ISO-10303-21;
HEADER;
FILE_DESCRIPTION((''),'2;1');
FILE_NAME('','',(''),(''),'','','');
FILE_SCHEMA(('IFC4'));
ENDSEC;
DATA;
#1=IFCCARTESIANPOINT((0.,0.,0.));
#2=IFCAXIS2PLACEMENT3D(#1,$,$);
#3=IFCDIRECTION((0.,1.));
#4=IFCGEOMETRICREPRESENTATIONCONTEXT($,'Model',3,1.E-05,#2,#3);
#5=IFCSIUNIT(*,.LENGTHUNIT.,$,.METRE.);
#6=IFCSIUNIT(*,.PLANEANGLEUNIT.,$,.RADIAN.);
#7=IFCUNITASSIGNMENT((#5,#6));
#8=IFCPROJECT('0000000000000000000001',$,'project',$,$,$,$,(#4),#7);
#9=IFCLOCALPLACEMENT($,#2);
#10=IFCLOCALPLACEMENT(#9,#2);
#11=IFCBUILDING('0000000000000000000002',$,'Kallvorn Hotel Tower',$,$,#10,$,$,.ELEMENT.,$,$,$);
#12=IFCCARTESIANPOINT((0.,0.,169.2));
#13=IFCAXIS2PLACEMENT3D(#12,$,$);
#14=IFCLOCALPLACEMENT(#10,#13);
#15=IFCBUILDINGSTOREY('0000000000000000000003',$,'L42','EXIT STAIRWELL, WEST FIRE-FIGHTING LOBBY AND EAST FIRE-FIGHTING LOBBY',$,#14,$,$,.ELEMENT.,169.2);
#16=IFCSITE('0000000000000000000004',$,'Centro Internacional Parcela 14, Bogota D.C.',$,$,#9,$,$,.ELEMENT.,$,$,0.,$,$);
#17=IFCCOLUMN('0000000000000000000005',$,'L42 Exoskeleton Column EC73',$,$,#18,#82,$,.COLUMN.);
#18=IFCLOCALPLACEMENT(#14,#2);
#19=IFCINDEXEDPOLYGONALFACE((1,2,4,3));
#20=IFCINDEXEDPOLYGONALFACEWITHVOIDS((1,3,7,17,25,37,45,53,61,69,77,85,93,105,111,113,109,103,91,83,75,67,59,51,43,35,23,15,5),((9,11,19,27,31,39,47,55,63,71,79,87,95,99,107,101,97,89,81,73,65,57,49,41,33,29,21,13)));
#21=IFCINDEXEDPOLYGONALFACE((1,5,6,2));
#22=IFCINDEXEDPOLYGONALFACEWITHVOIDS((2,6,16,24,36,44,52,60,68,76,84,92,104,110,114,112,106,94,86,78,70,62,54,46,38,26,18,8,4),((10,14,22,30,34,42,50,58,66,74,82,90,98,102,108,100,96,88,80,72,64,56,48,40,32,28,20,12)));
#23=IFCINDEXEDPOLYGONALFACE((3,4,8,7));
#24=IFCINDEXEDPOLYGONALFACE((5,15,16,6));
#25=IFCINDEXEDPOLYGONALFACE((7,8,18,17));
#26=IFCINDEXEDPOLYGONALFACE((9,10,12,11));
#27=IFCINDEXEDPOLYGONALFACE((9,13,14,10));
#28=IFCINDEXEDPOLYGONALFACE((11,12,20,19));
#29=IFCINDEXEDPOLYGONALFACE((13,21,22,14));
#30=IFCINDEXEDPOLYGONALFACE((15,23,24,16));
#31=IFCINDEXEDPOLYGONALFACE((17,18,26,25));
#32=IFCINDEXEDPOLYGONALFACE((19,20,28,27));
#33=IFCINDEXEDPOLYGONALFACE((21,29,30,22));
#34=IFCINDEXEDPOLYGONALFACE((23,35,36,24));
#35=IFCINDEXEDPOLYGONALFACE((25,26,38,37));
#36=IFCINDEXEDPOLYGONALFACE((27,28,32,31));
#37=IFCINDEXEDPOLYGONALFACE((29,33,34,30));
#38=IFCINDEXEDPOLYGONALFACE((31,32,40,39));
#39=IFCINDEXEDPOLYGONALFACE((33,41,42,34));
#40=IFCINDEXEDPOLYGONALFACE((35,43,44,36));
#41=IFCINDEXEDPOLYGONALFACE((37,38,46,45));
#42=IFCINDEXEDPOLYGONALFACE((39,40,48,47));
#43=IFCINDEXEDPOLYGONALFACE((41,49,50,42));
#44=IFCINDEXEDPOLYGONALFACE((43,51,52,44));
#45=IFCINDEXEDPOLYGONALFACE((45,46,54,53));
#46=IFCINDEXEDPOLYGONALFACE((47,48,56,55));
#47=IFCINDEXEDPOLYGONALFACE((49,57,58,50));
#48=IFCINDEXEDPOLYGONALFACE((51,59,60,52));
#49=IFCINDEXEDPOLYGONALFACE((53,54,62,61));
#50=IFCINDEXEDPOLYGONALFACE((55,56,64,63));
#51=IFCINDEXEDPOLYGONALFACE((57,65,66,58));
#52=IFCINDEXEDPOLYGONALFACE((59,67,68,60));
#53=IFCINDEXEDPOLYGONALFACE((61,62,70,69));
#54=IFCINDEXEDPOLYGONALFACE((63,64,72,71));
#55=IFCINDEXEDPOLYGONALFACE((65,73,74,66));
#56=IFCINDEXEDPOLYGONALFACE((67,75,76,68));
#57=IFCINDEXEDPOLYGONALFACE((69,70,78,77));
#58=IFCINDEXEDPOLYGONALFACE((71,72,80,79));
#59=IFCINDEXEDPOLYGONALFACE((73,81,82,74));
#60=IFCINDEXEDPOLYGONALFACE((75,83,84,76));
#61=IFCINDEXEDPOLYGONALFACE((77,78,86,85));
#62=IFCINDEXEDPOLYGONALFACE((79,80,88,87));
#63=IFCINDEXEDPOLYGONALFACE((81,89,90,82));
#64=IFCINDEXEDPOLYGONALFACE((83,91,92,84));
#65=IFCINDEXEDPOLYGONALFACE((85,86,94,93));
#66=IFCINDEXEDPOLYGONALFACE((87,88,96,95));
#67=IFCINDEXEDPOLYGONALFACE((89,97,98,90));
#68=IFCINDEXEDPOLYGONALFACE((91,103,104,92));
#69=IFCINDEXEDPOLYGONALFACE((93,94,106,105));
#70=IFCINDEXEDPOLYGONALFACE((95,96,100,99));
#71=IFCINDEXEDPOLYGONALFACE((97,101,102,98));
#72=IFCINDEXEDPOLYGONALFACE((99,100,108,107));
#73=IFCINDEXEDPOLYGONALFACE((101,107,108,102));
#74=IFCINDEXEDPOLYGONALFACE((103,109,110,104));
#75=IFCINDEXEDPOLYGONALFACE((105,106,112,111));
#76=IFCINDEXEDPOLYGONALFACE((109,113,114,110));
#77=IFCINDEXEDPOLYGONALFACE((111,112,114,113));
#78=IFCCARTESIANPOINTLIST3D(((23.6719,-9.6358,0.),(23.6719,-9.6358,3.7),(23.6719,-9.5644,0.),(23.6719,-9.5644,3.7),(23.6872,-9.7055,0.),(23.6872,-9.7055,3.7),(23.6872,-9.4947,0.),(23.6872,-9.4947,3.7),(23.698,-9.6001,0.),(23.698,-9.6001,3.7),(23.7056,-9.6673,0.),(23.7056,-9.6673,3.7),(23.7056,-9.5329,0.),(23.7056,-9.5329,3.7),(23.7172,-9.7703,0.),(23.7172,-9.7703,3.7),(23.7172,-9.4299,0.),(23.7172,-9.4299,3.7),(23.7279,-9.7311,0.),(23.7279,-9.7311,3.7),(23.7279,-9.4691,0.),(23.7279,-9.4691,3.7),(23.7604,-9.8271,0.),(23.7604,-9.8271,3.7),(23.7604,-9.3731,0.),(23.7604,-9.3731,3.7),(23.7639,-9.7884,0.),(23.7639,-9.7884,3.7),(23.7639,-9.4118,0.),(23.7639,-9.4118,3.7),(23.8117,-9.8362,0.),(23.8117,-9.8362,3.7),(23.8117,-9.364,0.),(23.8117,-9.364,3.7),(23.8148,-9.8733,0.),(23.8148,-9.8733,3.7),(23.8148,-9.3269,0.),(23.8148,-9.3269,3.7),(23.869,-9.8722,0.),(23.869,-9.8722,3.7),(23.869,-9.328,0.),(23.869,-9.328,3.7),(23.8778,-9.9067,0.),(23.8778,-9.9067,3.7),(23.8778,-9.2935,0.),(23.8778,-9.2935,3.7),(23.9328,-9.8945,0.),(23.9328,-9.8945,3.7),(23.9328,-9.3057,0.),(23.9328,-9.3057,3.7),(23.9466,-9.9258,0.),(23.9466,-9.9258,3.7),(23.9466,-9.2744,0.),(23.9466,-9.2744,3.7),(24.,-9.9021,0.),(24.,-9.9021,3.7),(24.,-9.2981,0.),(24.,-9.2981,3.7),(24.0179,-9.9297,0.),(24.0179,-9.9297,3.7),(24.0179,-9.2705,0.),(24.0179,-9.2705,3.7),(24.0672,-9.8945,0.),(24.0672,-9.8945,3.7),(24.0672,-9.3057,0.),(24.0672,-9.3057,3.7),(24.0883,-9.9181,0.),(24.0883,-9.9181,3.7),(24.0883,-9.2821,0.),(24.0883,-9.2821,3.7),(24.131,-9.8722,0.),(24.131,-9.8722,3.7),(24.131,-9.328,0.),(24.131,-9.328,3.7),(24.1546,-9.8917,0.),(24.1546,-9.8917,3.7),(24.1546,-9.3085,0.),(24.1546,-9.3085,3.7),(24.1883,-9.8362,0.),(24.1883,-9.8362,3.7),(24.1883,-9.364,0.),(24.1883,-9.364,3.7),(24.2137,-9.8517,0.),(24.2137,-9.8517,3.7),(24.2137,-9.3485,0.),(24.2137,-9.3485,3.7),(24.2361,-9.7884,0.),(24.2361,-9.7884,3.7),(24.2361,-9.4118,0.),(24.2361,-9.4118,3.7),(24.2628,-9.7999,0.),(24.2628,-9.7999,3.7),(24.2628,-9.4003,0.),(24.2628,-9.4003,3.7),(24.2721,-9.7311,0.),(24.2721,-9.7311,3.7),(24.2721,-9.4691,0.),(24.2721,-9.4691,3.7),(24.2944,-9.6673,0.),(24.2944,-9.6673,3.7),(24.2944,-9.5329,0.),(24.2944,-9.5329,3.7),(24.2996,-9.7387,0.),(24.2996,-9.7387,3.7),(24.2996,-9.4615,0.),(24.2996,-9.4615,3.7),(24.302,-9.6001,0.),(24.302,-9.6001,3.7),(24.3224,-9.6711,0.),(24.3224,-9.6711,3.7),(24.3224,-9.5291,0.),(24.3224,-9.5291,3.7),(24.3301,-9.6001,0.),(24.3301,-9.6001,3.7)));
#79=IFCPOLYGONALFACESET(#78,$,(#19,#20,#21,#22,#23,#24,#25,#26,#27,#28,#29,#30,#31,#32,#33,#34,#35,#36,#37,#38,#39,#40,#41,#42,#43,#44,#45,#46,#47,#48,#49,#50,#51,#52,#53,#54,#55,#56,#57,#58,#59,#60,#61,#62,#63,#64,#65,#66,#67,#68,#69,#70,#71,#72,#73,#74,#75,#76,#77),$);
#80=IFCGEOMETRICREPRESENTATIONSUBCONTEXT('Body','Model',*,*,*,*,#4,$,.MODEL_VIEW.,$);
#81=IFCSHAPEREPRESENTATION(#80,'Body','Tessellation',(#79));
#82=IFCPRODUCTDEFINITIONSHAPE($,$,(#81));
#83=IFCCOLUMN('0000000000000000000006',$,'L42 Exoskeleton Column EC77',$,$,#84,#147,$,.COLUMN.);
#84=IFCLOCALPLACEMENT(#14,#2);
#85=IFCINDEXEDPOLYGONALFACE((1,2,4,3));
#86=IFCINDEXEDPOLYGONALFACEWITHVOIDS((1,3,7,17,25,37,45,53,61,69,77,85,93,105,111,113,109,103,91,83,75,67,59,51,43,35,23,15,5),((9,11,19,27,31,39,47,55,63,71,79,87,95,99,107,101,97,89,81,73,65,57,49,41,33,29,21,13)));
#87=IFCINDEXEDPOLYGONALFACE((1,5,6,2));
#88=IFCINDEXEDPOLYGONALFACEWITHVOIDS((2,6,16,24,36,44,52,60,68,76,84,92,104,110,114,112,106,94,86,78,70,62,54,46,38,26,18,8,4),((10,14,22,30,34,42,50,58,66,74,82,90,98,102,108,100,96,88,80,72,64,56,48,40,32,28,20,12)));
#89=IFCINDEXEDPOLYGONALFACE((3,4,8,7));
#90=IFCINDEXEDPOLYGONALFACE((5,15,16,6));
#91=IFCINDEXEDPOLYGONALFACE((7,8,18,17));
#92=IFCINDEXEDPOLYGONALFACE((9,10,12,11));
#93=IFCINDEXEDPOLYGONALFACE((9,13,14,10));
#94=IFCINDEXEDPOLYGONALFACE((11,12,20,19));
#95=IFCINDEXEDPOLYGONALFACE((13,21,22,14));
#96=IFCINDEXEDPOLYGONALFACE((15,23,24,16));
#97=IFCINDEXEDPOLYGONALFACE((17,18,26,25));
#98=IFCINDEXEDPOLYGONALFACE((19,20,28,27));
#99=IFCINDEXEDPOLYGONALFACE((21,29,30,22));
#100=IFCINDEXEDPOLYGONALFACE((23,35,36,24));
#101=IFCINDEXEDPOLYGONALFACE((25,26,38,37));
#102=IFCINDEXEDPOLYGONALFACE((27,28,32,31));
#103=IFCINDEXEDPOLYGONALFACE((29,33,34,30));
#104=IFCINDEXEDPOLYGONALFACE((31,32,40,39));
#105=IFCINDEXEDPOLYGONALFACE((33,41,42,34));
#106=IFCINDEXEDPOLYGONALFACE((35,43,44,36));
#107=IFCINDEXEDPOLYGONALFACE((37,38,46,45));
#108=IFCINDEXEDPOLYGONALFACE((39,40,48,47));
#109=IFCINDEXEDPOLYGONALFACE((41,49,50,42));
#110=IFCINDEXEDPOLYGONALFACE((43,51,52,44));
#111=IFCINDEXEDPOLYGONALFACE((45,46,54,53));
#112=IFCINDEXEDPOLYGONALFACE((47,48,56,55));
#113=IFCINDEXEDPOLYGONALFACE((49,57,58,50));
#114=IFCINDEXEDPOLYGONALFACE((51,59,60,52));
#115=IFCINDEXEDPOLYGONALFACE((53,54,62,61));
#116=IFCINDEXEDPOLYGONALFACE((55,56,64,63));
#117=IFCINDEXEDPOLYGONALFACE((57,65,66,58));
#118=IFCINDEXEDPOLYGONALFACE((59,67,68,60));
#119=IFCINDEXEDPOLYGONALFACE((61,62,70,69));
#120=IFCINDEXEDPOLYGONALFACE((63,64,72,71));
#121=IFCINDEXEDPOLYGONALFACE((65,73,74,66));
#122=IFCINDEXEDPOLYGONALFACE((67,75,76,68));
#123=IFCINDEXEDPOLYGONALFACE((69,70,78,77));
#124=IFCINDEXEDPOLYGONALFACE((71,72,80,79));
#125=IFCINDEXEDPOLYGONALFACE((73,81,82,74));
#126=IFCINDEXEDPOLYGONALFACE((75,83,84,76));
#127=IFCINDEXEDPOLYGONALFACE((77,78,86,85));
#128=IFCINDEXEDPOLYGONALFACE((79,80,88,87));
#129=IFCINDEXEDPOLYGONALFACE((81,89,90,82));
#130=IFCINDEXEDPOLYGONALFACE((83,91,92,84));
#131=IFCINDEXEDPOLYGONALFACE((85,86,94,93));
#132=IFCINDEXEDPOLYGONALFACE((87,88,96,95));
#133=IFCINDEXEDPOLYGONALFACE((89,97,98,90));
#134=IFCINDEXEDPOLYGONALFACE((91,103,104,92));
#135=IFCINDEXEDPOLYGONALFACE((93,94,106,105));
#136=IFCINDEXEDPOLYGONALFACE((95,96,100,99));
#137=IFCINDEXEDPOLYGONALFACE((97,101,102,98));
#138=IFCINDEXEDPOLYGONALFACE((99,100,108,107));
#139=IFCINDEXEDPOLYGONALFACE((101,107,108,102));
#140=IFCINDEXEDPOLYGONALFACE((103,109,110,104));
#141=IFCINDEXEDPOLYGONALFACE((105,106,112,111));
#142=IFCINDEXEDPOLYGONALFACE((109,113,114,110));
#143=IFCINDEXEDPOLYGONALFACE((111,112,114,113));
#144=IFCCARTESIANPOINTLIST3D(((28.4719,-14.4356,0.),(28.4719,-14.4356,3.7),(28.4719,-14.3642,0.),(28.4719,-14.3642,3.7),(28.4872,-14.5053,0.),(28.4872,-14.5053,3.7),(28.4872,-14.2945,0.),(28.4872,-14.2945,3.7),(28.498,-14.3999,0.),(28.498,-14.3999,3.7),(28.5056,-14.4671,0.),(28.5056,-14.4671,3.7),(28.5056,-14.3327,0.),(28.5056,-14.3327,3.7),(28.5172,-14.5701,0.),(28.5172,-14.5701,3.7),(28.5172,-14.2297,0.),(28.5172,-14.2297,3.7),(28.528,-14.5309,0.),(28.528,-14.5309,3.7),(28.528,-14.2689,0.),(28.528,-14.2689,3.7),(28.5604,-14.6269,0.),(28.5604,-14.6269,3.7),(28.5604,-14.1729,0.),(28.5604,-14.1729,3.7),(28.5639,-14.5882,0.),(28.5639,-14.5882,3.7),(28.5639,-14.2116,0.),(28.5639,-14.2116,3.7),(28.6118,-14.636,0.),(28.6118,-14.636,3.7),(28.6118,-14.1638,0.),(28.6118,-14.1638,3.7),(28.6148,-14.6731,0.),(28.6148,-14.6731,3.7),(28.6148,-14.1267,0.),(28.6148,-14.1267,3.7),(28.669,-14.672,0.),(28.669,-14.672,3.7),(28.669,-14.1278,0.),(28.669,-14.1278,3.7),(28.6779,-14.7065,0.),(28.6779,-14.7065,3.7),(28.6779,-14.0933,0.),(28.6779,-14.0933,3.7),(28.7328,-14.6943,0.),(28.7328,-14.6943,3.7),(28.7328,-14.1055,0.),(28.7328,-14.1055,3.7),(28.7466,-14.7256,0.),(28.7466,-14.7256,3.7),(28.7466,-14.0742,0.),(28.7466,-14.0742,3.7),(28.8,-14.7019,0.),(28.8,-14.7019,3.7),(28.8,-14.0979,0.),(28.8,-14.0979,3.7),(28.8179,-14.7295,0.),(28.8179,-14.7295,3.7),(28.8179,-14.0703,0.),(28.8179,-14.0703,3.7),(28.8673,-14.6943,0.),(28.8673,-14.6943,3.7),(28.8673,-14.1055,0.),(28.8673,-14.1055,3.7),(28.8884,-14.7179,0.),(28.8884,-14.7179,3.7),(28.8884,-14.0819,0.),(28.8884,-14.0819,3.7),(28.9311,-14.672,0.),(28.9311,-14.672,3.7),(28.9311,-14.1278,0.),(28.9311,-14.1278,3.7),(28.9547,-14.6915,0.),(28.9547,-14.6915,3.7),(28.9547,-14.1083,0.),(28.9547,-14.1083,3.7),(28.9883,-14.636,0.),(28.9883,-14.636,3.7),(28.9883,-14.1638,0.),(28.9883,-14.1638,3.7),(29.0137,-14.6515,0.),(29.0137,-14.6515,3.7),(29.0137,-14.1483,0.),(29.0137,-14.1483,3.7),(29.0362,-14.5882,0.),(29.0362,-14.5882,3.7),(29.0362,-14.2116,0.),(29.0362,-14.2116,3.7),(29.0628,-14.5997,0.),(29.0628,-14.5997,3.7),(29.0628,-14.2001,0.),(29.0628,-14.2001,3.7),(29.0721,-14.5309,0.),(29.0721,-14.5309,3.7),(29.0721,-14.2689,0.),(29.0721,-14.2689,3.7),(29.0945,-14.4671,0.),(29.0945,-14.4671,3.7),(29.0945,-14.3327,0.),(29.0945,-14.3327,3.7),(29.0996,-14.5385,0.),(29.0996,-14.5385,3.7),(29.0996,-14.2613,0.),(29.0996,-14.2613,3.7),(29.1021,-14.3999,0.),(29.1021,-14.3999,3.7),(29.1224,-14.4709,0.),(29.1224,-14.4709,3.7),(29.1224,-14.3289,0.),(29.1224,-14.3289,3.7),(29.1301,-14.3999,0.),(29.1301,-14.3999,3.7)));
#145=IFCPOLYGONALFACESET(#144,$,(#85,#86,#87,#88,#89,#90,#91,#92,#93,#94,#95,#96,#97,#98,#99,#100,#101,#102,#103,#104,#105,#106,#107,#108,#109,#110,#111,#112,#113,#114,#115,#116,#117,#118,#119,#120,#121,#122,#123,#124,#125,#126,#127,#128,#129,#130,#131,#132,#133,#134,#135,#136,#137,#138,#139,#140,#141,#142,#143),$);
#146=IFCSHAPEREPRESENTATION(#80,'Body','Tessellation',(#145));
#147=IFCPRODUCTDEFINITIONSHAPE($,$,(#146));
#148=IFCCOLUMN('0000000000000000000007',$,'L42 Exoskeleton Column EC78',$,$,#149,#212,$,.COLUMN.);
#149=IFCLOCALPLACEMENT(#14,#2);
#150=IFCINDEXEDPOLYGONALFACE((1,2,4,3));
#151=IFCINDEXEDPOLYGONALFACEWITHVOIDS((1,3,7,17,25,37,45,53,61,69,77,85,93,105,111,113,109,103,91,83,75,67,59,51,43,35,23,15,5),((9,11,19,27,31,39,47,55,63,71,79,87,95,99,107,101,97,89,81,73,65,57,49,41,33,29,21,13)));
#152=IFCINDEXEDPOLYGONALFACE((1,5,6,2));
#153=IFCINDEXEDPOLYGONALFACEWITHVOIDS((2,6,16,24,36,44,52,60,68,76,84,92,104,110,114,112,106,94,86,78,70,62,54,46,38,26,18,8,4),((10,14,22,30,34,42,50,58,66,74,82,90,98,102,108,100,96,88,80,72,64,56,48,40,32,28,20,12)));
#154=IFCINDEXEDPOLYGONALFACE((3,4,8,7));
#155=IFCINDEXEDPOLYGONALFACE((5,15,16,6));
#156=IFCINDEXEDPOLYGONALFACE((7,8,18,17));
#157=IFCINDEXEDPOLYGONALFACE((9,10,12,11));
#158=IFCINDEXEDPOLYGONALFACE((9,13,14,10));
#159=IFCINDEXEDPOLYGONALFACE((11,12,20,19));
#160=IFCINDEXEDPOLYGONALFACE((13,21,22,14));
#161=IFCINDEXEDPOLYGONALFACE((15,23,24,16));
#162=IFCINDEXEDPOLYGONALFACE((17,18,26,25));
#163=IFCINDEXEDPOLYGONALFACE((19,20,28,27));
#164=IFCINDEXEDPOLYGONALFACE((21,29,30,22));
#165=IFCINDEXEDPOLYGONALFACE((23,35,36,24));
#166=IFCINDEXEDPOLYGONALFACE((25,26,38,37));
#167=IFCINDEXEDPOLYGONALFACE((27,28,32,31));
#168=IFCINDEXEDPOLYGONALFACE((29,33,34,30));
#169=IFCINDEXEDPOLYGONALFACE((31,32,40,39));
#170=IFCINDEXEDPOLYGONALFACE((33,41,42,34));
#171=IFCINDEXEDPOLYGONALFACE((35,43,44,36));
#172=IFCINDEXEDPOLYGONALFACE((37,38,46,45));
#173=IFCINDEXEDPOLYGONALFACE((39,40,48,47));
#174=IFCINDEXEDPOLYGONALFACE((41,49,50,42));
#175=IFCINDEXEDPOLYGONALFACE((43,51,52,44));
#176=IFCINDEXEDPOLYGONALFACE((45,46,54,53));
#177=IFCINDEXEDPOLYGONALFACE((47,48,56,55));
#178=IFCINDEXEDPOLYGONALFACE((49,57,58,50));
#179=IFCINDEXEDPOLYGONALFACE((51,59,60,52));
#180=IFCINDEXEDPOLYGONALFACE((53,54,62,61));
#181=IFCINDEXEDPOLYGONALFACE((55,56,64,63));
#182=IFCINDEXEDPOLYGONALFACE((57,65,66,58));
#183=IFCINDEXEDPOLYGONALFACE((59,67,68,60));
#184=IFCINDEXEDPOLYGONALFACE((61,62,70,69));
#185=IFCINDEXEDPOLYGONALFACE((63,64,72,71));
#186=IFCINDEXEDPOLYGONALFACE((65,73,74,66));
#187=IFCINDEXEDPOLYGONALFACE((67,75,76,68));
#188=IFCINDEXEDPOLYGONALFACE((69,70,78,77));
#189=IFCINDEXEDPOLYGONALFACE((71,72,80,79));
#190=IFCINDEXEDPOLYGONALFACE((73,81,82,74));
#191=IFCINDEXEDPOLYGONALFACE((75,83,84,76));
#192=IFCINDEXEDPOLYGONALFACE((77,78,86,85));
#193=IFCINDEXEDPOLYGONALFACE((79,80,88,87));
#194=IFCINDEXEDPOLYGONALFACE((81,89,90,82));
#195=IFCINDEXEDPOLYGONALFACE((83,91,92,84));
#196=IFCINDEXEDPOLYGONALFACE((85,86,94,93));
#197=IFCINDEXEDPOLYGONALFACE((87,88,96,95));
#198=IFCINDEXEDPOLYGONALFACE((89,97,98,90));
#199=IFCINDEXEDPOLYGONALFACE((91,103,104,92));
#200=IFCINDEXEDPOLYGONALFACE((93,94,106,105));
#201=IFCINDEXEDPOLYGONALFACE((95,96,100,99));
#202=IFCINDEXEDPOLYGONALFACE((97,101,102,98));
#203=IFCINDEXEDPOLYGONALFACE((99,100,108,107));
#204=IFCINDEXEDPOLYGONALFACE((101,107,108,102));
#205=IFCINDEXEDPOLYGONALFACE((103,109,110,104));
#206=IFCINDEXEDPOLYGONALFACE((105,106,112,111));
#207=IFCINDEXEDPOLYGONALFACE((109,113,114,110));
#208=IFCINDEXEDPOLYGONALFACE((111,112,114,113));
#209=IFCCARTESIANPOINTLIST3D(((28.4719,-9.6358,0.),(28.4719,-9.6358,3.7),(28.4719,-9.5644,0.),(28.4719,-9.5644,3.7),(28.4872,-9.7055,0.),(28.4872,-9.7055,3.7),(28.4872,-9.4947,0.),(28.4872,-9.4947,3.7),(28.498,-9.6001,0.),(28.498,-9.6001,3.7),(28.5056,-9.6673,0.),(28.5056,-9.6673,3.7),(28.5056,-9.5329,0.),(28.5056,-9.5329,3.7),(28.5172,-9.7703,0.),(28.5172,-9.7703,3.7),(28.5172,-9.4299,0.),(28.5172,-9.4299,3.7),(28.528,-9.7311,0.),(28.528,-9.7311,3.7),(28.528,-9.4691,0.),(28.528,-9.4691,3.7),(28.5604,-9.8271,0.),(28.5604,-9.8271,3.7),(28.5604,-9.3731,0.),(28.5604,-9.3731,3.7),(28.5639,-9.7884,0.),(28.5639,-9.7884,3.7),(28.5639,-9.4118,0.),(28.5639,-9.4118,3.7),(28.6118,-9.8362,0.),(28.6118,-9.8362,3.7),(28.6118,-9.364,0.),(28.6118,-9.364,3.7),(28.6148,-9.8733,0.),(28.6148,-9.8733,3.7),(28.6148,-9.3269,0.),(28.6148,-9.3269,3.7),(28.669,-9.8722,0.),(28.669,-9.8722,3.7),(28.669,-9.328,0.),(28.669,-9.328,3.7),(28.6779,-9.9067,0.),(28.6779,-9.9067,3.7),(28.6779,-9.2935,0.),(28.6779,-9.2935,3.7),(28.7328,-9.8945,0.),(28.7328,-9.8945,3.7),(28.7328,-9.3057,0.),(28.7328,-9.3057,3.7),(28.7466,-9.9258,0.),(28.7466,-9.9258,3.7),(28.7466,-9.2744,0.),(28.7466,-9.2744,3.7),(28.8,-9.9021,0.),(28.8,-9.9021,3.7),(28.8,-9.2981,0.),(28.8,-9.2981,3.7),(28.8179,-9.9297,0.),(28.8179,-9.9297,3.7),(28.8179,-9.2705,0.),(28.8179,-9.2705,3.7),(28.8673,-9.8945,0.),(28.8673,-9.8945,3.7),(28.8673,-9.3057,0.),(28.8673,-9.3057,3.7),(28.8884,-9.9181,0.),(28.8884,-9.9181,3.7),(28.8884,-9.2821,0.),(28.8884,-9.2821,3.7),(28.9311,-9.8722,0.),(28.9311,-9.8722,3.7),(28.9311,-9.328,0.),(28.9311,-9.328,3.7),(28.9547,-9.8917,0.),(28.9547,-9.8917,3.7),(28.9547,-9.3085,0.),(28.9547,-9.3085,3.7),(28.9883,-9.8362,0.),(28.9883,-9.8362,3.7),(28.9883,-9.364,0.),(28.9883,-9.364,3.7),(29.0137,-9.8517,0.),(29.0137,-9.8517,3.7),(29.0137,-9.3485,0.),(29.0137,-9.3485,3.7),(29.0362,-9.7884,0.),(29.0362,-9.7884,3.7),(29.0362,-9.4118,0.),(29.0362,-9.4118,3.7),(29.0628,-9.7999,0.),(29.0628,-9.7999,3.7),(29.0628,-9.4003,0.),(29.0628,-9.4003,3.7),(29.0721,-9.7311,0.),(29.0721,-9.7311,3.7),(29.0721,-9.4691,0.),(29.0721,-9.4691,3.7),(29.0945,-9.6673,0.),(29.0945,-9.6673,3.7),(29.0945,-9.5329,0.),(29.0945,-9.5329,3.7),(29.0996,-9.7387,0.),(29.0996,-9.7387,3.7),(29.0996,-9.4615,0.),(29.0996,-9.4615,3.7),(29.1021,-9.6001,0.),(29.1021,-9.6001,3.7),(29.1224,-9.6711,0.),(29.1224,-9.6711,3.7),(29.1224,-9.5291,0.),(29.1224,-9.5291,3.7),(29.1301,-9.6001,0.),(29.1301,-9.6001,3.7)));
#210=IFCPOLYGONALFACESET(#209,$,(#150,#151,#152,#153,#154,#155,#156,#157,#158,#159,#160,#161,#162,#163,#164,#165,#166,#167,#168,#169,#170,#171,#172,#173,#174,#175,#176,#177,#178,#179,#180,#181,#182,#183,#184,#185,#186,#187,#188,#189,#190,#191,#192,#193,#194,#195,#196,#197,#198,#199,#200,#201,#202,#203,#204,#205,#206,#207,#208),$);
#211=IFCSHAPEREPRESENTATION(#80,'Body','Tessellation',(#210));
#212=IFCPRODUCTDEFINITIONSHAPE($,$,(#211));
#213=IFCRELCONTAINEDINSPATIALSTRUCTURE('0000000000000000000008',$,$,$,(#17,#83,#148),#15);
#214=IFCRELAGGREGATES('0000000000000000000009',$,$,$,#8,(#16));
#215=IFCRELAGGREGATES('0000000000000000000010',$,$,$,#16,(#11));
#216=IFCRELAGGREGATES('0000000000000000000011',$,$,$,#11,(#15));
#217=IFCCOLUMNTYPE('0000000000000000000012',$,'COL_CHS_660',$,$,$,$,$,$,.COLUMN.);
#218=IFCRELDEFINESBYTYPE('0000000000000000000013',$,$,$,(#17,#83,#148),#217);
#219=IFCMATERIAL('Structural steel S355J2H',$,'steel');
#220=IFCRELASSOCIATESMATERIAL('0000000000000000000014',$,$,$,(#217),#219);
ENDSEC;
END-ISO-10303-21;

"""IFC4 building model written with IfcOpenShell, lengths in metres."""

from ifc_helpers import new_model, si_unit, direction, frame, origin, origin_2d, place, context, subcontext, project, spatial, hollow_circle, extrude, material, material_profile, profile_set, type_object, element, save


model = new_model("IFC4")

# Units and contexts
model_context = context("Model", 3, precision=1e-05, world=origin(), true_north=direction((0.0, 1.0)))
body_context = subcontext(model_context, "Body", "Model", "MODEL_VIEW")
ifc_project = project(units=[si_unit("LENGTHUNIT", "METRE"), si_unit("PLANEANGLEUNIT", "RADIAN")], contexts=[model_context])

# Site, building, storey
site_placement = place(None, origin())
site = spatial("IfcSite", under=ifc_project, at=site_placement, Name="Centro Internacional Parcela 14, Bogota D.C.", CompositionType="ELEMENT", RefElevation=0.0)
building_placement = place(site_placement, origin())
building = spatial("IfcBuilding", under=site, at=building_placement, Name="Kallvorn Hotel Tower", CompositionType="ELEMENT")
storey_placement = place(building_placement, frame((0.0, 0.0, 169.2)))
storey = spatial("IfcBuildingStorey", under=building, at=storey_placement, Name="L42", Description="EXIT STAIRWELL, WEST FIRE-FIGHTING LOBBY AND EAST FIRE-FIGHTING LOBBY", CompositionType="ELEMENT", Elevation=169.2)

# Columns
ifc_material_1 = material(Name="Structural steel S355J2H", Category="steel")
ifc_material_profile_1 = material_profile(ifc_material_1, hollow_circle(Radius=0.3301, WallThickness=0.0281, at=origin_2d()), Name="CHS 660x28")
ifc_profile_set_1 = profile_set([ifc_material_profile_1], Name="Structural steel S355J2H")
column_type_1 = type_object("IfcColumnType", Name="COL_CHS_660", PredefinedType="COLUMN", material=ifc_profile_set_1)
for number, where, z_axis, x_axis, name in (
    (1, (24.0, -9.6001, 0.0), (0.0, 0.0, 1.0), (1.0, 0.0, 0.0), "L42 Exoskeleton Column EC73"),
    (2, (28.8, -14.3999, 0.0), (0.0, 0.0, 1.0), (1.0, 0.0, 0.0), "L42 Exoskeleton Column EC77"),
    (3, (28.8, -9.6001, 0.0), (0.0, 0.0, 1.0), (1.0, 0.0, 0.0), "L42 Exoskeleton Column EC78"),
):
    element("IfcColumn", number, at=place(storey_placement, frame(where, z_axis=z_axis, x_axis=x_axis)), inside=storey, type_object=column_type_1, Name=name, PredefinedType="COLUMN", context=body_context, shape_type="SweptSolid", body=[
        extrude(hollow_circle(Radius=0.3301, WallThickness=0.0281, at=origin_2d()), origin(), (0.0, 0.0, 1.0), 3.7),
    ])

save(model, "model.ifc")
